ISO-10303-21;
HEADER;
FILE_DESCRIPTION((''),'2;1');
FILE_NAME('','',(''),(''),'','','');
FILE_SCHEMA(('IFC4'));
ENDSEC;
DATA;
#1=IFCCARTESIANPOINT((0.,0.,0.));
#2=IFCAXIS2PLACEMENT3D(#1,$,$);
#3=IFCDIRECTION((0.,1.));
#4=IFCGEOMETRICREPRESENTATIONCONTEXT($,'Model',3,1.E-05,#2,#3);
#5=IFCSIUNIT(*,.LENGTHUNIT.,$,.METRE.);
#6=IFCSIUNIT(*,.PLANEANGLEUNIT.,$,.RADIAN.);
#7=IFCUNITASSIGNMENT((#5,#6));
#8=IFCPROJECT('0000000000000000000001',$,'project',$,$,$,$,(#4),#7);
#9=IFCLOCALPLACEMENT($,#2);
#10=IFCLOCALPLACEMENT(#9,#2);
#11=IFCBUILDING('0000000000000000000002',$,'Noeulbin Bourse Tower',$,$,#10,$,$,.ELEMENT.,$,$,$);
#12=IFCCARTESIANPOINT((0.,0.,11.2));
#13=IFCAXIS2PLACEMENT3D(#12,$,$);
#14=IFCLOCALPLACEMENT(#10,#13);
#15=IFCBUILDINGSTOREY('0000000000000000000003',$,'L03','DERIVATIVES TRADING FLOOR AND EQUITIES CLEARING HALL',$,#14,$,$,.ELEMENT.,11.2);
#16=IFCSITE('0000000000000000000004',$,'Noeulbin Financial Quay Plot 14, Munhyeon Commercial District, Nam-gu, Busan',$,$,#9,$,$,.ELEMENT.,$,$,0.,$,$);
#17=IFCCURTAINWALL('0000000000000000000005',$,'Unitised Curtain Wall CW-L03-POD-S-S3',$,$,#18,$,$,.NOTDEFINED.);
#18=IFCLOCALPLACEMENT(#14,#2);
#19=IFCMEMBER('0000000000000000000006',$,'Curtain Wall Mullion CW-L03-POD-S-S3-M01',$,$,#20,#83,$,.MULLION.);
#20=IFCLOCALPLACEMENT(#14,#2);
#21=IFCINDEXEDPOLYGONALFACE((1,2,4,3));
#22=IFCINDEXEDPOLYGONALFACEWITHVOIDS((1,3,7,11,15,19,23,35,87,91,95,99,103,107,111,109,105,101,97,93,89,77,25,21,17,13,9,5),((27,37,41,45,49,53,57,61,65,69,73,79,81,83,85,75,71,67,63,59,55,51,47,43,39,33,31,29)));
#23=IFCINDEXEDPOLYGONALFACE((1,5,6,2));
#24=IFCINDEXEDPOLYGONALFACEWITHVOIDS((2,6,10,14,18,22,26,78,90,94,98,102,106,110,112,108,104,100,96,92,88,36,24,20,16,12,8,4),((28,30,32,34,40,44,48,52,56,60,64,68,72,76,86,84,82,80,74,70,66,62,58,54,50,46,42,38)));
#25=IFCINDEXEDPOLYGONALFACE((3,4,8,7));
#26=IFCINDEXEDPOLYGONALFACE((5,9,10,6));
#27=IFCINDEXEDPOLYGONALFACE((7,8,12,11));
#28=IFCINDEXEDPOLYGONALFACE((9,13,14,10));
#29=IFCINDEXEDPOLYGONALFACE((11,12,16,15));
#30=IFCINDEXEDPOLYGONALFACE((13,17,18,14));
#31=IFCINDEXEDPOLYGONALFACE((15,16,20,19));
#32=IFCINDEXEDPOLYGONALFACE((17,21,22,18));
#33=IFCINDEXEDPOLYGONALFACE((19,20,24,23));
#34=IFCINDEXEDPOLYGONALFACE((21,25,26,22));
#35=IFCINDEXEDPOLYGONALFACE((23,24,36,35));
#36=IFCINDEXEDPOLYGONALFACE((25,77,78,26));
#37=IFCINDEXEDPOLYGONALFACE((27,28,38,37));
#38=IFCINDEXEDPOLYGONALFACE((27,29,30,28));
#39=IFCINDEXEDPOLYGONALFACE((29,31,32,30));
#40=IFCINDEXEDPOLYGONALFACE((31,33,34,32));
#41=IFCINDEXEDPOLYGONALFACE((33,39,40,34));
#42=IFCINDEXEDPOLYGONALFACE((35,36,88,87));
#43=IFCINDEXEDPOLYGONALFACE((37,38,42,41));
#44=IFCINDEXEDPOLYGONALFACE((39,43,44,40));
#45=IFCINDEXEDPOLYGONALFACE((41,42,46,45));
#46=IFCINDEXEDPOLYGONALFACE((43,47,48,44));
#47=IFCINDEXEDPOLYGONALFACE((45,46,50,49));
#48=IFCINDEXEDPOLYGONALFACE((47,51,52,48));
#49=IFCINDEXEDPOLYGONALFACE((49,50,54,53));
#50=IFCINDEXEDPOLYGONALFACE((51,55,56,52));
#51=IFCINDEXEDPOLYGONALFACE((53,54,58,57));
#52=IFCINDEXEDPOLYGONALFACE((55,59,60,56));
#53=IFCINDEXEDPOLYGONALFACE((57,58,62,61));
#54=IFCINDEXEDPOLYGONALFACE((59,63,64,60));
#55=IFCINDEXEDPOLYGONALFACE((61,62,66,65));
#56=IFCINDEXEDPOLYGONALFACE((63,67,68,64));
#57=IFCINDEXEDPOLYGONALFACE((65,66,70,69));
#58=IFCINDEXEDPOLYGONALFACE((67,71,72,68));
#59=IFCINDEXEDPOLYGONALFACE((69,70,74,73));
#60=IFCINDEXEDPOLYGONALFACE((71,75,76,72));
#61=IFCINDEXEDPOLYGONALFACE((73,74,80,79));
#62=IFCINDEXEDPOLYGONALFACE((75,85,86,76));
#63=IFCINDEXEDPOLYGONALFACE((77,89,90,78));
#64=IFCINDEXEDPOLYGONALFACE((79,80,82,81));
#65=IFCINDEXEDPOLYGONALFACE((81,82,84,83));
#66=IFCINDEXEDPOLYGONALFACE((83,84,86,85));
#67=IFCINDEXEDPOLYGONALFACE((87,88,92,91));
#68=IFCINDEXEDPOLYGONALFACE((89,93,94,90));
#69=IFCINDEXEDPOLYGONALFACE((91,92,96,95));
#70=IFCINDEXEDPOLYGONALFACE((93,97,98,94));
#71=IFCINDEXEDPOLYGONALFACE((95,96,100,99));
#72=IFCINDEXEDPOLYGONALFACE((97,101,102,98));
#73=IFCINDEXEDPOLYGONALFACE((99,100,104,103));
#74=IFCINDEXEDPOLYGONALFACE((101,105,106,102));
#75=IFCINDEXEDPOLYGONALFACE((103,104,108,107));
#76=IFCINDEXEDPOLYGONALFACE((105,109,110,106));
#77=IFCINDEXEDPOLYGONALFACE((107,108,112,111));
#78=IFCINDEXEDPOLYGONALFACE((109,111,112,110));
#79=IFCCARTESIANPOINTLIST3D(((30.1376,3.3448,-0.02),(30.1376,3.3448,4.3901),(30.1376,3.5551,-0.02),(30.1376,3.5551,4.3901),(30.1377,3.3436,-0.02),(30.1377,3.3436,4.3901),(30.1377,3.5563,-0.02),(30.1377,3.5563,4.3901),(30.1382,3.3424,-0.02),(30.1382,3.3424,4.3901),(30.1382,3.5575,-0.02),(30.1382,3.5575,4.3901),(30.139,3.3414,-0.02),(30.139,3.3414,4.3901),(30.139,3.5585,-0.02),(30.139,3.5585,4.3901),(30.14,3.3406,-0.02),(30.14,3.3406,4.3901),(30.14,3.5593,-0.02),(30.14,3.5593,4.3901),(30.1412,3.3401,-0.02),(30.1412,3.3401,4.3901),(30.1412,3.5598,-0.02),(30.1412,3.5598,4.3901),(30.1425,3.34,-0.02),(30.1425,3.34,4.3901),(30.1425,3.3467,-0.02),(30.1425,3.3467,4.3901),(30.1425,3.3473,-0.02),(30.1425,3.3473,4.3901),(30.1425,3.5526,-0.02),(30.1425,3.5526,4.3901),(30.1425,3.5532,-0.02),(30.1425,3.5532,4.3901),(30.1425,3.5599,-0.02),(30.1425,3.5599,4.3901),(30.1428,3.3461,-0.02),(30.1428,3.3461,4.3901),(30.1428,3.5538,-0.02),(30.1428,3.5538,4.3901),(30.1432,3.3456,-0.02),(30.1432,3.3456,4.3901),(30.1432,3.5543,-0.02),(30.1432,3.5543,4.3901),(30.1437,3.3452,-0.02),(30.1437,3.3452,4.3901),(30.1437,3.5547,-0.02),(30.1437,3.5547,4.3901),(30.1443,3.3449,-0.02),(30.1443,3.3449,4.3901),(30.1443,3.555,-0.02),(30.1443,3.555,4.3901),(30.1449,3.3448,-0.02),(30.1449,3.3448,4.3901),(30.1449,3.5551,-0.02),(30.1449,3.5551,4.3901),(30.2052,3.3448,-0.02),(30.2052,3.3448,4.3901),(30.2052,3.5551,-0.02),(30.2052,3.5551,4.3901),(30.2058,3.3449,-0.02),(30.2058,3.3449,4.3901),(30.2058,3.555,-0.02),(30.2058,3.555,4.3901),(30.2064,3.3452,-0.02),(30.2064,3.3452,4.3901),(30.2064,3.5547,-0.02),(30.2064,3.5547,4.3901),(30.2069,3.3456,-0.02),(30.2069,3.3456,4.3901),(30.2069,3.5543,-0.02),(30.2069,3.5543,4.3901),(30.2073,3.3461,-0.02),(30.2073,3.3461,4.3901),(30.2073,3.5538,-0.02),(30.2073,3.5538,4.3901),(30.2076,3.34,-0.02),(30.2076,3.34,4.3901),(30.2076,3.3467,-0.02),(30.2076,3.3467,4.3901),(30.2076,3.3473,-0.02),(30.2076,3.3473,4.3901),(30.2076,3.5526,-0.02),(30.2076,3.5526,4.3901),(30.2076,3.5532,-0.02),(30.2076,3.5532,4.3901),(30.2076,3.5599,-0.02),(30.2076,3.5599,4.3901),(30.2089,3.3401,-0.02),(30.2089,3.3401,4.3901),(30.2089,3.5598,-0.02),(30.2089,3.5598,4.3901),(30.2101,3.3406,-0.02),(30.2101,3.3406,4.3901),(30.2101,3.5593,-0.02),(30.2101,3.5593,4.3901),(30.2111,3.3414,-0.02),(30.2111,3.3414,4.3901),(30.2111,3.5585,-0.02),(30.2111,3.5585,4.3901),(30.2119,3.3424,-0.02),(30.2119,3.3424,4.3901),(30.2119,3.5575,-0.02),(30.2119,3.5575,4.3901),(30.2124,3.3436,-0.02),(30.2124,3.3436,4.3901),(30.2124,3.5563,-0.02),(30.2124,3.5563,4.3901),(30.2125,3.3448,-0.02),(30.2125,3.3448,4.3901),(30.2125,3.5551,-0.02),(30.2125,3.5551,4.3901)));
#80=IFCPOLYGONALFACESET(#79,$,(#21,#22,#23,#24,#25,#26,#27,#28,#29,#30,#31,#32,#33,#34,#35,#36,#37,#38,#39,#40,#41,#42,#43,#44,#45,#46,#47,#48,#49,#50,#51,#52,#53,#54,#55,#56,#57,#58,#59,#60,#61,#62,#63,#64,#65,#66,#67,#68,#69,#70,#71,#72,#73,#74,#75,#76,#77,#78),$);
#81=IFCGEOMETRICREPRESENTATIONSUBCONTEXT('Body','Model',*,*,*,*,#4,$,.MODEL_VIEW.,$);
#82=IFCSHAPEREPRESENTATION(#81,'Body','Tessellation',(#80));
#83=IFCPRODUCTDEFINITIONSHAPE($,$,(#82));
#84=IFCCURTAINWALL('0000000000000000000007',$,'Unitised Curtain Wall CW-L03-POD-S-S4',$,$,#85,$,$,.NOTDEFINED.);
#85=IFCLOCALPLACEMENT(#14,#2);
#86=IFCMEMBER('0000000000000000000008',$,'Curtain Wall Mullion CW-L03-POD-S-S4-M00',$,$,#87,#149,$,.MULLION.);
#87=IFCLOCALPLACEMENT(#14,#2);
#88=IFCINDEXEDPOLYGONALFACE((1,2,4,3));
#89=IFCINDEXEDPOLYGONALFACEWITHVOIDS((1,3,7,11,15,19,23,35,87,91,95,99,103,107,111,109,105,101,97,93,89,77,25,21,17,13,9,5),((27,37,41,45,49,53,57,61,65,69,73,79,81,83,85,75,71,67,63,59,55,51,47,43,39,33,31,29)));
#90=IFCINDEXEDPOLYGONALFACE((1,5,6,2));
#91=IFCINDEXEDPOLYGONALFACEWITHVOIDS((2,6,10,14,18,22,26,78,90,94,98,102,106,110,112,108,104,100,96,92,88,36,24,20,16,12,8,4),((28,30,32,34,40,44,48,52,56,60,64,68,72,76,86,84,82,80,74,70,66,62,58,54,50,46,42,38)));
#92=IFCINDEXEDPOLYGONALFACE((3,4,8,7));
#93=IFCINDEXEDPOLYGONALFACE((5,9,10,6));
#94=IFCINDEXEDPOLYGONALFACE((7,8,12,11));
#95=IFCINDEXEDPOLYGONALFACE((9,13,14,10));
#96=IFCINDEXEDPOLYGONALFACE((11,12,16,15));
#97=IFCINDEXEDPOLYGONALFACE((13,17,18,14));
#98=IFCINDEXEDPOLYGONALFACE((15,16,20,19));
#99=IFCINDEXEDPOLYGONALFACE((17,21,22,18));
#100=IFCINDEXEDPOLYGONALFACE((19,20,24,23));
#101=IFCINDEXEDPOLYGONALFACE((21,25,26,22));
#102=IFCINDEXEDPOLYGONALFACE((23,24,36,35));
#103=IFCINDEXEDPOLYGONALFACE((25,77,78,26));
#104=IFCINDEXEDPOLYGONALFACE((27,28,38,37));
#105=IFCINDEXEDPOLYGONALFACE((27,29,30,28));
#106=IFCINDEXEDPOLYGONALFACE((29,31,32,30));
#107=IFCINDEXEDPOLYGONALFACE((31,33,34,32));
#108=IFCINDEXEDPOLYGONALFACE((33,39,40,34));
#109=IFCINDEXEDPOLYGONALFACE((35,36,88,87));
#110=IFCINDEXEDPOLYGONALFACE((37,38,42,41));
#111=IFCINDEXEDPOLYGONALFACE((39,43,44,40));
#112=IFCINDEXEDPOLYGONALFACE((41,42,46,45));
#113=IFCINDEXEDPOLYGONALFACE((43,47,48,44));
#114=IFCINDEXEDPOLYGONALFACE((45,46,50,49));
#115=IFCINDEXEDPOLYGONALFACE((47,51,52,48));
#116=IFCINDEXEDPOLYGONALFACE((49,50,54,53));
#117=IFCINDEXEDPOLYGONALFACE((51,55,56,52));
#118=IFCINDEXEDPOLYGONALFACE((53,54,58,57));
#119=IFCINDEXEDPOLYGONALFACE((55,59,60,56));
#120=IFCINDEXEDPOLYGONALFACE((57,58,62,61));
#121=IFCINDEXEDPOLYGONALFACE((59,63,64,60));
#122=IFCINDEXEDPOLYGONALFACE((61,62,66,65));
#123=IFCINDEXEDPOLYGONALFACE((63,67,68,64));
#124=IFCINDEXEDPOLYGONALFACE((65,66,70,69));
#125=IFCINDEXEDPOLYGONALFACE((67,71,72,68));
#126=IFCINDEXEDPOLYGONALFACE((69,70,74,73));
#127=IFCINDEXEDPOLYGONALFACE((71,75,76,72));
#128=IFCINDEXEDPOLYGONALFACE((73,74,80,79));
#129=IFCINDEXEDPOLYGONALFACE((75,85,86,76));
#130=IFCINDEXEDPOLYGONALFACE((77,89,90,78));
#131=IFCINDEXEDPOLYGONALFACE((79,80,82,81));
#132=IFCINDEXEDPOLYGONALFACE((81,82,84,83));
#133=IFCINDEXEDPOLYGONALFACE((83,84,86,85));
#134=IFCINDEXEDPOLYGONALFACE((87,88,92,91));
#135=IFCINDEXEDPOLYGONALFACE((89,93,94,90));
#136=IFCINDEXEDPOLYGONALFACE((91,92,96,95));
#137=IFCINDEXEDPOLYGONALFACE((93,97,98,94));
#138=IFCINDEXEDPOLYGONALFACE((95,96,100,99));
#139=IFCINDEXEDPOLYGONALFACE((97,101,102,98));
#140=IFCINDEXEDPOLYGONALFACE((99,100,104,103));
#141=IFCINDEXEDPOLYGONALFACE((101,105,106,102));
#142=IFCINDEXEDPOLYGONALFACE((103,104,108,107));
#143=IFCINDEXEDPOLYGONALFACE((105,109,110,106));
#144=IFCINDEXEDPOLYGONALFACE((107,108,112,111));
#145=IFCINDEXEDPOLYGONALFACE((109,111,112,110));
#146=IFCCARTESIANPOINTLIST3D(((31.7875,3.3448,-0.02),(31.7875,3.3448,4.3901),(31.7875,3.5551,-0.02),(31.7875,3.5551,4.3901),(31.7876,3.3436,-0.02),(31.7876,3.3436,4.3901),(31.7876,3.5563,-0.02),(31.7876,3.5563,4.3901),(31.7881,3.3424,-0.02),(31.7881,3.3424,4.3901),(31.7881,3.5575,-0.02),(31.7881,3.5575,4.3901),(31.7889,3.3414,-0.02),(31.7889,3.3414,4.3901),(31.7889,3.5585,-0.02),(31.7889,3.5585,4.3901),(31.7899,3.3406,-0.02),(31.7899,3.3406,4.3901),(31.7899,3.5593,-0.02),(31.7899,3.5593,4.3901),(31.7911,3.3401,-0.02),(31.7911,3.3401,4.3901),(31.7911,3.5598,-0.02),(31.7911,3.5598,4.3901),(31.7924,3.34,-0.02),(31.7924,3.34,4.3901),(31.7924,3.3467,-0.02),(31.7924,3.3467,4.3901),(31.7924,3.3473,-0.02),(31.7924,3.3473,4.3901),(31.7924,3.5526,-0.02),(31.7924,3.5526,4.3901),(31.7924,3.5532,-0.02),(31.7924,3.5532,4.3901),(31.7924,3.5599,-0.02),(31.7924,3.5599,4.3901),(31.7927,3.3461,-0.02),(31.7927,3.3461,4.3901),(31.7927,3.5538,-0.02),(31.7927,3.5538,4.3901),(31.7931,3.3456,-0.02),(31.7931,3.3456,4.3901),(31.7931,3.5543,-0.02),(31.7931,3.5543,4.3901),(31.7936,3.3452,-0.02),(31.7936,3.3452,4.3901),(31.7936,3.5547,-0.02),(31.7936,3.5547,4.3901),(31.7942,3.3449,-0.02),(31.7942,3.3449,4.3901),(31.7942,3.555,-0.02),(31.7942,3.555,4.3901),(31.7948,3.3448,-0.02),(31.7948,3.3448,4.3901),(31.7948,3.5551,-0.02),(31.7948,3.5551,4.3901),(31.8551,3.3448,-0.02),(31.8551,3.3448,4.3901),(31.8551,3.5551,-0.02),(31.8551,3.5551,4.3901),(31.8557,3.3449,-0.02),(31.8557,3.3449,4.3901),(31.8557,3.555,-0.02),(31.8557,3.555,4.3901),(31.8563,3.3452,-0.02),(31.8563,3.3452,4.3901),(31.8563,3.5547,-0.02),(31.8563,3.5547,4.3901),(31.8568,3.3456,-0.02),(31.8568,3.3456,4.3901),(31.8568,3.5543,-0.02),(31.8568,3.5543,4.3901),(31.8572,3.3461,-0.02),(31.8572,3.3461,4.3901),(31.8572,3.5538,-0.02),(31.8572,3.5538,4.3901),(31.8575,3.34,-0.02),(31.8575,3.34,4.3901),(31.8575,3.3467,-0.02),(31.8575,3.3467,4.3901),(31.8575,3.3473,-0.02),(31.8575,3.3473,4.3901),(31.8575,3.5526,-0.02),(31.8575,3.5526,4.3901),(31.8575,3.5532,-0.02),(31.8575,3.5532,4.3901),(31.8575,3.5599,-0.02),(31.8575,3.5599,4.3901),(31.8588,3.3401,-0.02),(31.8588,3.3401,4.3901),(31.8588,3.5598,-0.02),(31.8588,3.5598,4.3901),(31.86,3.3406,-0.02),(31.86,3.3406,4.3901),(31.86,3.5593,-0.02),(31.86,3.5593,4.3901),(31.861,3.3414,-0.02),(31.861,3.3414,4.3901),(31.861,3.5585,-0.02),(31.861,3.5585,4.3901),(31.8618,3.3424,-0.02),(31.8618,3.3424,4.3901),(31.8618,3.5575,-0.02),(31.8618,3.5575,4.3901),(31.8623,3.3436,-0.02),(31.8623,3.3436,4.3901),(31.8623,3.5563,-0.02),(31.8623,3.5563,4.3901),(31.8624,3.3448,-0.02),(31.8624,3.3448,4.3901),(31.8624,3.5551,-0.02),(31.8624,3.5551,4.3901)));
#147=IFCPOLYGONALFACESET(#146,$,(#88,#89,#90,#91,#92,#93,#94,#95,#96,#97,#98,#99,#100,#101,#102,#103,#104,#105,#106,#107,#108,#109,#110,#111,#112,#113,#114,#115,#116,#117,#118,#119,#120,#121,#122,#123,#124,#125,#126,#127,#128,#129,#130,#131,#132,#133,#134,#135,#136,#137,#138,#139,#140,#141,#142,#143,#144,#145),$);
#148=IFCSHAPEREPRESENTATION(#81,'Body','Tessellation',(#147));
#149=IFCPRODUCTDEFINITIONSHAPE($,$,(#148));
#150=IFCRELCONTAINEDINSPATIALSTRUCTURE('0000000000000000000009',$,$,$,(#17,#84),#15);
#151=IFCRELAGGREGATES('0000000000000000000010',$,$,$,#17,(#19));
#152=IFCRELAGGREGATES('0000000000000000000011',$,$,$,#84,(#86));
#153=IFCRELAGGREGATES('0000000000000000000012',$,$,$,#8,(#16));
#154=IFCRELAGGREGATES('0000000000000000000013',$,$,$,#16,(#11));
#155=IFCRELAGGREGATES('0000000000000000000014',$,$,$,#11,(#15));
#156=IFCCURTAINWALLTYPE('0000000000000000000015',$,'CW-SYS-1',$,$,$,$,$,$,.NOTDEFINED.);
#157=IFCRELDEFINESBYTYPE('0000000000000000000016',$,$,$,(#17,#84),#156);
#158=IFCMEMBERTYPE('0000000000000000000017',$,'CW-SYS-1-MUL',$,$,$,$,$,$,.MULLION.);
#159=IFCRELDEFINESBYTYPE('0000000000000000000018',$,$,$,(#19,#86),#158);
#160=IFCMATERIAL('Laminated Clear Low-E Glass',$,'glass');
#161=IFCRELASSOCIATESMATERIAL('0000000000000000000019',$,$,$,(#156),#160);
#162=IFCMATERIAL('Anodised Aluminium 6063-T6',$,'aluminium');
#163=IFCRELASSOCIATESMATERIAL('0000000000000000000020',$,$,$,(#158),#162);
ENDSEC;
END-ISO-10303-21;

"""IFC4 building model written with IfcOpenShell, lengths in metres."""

from ifc_helpers import new_model, si_unit, direction, frame, origin, origin_2d, place, context, subcontext, project, spatial, hollow_rectangle, extrude, material, material_profile, profile_set, type_object, element, aggregate, save


model = new_model("IFC4")

# Units and contexts
model_context = context("Model", 3, precision=1e-05, world=origin(), true_north=direction((0.0, 1.0)))
body_context = subcontext(model_context, "Body", "Model", "MODEL_VIEW")
ifc_project = project(units=[si_unit("LENGTHUNIT", "METRE"), si_unit("PLANEANGLEUNIT", "RADIAN")], contexts=[model_context])

# Site, building, storey
site_placement = place(None, origin())
site = spatial("IfcSite", under=ifc_project, at=site_placement, Name="Noeulbin Financial Quay Plot 14, Munhyeon Commercial District, Nam-gu, Busan", CompositionType="ELEMENT", RefElevation=0.0)
building_placement = place(site_placement, origin())
building = spatial("IfcBuilding", under=site, at=building_placement, Name="Noeulbin Bourse Tower", CompositionType="ELEMENT")
storey_placement = place(building_placement, frame((0.0, 0.0, 11.2)))
storey = spatial("IfcBuildingStorey", under=building, at=storey_placement, Name="L03", Description="DERIVATIVES TRADING FLOOR AND EQUITIES CLEARING HALL", CompositionType="ELEMENT", Elevation=11.2)

# Curtain wall, member
ifc_material_1 = material(Name="Laminated Clear Low-E Glass", Category="glass")
curtain_wall_type = type_object("IfcCurtainWallType", Name="CW-SYS-1", PredefinedType="NOTDEFINED", material=ifc_material_1)
curtain_wall_1_placement = place(storey_placement, origin())
curtain_wall_1 = element("IfcCurtainWall", 1, at=curtain_wall_1_placement, inside=storey, type_object=curtain_wall_type, Name="Unitised Curtain Wall CW-L03-POD-S-S3", PredefinedType="NOTDEFINED")
ifc_material_2 = material(Name="Anodised Aluminium 6063-T6", Category="aluminium")
ifc_material_profile_1 = material_profile(ifc_material_2, hollow_rectangle(XDim=0.075, YDim=0.22, WallThickness=0.0049, InnerFilletRadius=0.0024, OuterFilletRadius=0.0049, at=origin_2d()), Name="ALU-MULL-75x220x5", Category="LoadBearing")
ifc_profile_set_1 = profile_set([ifc_material_profile_1], Name="Anodised Aluminium 6063-T6")
member_type_1 = type_object("IfcMemberType", Name="CW-SYS-1-MUL", PredefinedType="MULLION", material=ifc_profile_set_1)
member_1_placement = place(storey_placement, frame((30.175, 3.45, -0.02), z_axis=(0.0, 0.0, 1.0), x_axis=(1.0, 0.0, 0.0)))
member_1 = element("IfcMember", 2, at=member_1_placement, type_object=member_type_1, Name="Curtain Wall Mullion CW-L03-POD-S-S3-M01", PredefinedType="MULLION", context=body_context, shape_type="SweptSolid", body=[
    extrude(hollow_rectangle(XDim=0.075, YDim=0.22, WallThickness=0.0049, InnerFilletRadius=0.0024, OuterFilletRadius=0.0049, at=origin_2d()), origin(), (0.0, 0.0, 1.0), 4.4102),
])
aggregate(curtain_wall_1, [member_1])

# Curtain wall, member
curtain_wall_2_placement = place(storey_placement, origin())
curtain_wall_2 = element("IfcCurtainWall", 3, at=curtain_wall_2_placement, inside=storey, type_object=curtain_wall_type, Name="Unitised Curtain Wall CW-L03-POD-S-S4", PredefinedType="NOTDEFINED")
member_2_placement = place(storey_placement, frame((31.825, 3.45, -0.02), z_axis=(0.0, 0.0, 1.0), x_axis=(1.0, 0.0, 0.0)))
member_2 = element("IfcMember", 4, at=member_2_placement, type_object=member_type_1, Name="Curtain Wall Mullion CW-L03-POD-S-S4-M00", PredefinedType="MULLION", context=body_context, shape_type="SweptSolid", body=[
    extrude(hollow_rectangle(XDim=0.075, YDim=0.22, WallThickness=0.0049, InnerFilletRadius=0.0024, OuterFilletRadius=0.0049, at=origin_2d()), origin(), (0.0, 0.0, 1.0), 4.4102),
])

aggregate(curtain_wall_2, [member_2])

save(model, "model.ifc")
